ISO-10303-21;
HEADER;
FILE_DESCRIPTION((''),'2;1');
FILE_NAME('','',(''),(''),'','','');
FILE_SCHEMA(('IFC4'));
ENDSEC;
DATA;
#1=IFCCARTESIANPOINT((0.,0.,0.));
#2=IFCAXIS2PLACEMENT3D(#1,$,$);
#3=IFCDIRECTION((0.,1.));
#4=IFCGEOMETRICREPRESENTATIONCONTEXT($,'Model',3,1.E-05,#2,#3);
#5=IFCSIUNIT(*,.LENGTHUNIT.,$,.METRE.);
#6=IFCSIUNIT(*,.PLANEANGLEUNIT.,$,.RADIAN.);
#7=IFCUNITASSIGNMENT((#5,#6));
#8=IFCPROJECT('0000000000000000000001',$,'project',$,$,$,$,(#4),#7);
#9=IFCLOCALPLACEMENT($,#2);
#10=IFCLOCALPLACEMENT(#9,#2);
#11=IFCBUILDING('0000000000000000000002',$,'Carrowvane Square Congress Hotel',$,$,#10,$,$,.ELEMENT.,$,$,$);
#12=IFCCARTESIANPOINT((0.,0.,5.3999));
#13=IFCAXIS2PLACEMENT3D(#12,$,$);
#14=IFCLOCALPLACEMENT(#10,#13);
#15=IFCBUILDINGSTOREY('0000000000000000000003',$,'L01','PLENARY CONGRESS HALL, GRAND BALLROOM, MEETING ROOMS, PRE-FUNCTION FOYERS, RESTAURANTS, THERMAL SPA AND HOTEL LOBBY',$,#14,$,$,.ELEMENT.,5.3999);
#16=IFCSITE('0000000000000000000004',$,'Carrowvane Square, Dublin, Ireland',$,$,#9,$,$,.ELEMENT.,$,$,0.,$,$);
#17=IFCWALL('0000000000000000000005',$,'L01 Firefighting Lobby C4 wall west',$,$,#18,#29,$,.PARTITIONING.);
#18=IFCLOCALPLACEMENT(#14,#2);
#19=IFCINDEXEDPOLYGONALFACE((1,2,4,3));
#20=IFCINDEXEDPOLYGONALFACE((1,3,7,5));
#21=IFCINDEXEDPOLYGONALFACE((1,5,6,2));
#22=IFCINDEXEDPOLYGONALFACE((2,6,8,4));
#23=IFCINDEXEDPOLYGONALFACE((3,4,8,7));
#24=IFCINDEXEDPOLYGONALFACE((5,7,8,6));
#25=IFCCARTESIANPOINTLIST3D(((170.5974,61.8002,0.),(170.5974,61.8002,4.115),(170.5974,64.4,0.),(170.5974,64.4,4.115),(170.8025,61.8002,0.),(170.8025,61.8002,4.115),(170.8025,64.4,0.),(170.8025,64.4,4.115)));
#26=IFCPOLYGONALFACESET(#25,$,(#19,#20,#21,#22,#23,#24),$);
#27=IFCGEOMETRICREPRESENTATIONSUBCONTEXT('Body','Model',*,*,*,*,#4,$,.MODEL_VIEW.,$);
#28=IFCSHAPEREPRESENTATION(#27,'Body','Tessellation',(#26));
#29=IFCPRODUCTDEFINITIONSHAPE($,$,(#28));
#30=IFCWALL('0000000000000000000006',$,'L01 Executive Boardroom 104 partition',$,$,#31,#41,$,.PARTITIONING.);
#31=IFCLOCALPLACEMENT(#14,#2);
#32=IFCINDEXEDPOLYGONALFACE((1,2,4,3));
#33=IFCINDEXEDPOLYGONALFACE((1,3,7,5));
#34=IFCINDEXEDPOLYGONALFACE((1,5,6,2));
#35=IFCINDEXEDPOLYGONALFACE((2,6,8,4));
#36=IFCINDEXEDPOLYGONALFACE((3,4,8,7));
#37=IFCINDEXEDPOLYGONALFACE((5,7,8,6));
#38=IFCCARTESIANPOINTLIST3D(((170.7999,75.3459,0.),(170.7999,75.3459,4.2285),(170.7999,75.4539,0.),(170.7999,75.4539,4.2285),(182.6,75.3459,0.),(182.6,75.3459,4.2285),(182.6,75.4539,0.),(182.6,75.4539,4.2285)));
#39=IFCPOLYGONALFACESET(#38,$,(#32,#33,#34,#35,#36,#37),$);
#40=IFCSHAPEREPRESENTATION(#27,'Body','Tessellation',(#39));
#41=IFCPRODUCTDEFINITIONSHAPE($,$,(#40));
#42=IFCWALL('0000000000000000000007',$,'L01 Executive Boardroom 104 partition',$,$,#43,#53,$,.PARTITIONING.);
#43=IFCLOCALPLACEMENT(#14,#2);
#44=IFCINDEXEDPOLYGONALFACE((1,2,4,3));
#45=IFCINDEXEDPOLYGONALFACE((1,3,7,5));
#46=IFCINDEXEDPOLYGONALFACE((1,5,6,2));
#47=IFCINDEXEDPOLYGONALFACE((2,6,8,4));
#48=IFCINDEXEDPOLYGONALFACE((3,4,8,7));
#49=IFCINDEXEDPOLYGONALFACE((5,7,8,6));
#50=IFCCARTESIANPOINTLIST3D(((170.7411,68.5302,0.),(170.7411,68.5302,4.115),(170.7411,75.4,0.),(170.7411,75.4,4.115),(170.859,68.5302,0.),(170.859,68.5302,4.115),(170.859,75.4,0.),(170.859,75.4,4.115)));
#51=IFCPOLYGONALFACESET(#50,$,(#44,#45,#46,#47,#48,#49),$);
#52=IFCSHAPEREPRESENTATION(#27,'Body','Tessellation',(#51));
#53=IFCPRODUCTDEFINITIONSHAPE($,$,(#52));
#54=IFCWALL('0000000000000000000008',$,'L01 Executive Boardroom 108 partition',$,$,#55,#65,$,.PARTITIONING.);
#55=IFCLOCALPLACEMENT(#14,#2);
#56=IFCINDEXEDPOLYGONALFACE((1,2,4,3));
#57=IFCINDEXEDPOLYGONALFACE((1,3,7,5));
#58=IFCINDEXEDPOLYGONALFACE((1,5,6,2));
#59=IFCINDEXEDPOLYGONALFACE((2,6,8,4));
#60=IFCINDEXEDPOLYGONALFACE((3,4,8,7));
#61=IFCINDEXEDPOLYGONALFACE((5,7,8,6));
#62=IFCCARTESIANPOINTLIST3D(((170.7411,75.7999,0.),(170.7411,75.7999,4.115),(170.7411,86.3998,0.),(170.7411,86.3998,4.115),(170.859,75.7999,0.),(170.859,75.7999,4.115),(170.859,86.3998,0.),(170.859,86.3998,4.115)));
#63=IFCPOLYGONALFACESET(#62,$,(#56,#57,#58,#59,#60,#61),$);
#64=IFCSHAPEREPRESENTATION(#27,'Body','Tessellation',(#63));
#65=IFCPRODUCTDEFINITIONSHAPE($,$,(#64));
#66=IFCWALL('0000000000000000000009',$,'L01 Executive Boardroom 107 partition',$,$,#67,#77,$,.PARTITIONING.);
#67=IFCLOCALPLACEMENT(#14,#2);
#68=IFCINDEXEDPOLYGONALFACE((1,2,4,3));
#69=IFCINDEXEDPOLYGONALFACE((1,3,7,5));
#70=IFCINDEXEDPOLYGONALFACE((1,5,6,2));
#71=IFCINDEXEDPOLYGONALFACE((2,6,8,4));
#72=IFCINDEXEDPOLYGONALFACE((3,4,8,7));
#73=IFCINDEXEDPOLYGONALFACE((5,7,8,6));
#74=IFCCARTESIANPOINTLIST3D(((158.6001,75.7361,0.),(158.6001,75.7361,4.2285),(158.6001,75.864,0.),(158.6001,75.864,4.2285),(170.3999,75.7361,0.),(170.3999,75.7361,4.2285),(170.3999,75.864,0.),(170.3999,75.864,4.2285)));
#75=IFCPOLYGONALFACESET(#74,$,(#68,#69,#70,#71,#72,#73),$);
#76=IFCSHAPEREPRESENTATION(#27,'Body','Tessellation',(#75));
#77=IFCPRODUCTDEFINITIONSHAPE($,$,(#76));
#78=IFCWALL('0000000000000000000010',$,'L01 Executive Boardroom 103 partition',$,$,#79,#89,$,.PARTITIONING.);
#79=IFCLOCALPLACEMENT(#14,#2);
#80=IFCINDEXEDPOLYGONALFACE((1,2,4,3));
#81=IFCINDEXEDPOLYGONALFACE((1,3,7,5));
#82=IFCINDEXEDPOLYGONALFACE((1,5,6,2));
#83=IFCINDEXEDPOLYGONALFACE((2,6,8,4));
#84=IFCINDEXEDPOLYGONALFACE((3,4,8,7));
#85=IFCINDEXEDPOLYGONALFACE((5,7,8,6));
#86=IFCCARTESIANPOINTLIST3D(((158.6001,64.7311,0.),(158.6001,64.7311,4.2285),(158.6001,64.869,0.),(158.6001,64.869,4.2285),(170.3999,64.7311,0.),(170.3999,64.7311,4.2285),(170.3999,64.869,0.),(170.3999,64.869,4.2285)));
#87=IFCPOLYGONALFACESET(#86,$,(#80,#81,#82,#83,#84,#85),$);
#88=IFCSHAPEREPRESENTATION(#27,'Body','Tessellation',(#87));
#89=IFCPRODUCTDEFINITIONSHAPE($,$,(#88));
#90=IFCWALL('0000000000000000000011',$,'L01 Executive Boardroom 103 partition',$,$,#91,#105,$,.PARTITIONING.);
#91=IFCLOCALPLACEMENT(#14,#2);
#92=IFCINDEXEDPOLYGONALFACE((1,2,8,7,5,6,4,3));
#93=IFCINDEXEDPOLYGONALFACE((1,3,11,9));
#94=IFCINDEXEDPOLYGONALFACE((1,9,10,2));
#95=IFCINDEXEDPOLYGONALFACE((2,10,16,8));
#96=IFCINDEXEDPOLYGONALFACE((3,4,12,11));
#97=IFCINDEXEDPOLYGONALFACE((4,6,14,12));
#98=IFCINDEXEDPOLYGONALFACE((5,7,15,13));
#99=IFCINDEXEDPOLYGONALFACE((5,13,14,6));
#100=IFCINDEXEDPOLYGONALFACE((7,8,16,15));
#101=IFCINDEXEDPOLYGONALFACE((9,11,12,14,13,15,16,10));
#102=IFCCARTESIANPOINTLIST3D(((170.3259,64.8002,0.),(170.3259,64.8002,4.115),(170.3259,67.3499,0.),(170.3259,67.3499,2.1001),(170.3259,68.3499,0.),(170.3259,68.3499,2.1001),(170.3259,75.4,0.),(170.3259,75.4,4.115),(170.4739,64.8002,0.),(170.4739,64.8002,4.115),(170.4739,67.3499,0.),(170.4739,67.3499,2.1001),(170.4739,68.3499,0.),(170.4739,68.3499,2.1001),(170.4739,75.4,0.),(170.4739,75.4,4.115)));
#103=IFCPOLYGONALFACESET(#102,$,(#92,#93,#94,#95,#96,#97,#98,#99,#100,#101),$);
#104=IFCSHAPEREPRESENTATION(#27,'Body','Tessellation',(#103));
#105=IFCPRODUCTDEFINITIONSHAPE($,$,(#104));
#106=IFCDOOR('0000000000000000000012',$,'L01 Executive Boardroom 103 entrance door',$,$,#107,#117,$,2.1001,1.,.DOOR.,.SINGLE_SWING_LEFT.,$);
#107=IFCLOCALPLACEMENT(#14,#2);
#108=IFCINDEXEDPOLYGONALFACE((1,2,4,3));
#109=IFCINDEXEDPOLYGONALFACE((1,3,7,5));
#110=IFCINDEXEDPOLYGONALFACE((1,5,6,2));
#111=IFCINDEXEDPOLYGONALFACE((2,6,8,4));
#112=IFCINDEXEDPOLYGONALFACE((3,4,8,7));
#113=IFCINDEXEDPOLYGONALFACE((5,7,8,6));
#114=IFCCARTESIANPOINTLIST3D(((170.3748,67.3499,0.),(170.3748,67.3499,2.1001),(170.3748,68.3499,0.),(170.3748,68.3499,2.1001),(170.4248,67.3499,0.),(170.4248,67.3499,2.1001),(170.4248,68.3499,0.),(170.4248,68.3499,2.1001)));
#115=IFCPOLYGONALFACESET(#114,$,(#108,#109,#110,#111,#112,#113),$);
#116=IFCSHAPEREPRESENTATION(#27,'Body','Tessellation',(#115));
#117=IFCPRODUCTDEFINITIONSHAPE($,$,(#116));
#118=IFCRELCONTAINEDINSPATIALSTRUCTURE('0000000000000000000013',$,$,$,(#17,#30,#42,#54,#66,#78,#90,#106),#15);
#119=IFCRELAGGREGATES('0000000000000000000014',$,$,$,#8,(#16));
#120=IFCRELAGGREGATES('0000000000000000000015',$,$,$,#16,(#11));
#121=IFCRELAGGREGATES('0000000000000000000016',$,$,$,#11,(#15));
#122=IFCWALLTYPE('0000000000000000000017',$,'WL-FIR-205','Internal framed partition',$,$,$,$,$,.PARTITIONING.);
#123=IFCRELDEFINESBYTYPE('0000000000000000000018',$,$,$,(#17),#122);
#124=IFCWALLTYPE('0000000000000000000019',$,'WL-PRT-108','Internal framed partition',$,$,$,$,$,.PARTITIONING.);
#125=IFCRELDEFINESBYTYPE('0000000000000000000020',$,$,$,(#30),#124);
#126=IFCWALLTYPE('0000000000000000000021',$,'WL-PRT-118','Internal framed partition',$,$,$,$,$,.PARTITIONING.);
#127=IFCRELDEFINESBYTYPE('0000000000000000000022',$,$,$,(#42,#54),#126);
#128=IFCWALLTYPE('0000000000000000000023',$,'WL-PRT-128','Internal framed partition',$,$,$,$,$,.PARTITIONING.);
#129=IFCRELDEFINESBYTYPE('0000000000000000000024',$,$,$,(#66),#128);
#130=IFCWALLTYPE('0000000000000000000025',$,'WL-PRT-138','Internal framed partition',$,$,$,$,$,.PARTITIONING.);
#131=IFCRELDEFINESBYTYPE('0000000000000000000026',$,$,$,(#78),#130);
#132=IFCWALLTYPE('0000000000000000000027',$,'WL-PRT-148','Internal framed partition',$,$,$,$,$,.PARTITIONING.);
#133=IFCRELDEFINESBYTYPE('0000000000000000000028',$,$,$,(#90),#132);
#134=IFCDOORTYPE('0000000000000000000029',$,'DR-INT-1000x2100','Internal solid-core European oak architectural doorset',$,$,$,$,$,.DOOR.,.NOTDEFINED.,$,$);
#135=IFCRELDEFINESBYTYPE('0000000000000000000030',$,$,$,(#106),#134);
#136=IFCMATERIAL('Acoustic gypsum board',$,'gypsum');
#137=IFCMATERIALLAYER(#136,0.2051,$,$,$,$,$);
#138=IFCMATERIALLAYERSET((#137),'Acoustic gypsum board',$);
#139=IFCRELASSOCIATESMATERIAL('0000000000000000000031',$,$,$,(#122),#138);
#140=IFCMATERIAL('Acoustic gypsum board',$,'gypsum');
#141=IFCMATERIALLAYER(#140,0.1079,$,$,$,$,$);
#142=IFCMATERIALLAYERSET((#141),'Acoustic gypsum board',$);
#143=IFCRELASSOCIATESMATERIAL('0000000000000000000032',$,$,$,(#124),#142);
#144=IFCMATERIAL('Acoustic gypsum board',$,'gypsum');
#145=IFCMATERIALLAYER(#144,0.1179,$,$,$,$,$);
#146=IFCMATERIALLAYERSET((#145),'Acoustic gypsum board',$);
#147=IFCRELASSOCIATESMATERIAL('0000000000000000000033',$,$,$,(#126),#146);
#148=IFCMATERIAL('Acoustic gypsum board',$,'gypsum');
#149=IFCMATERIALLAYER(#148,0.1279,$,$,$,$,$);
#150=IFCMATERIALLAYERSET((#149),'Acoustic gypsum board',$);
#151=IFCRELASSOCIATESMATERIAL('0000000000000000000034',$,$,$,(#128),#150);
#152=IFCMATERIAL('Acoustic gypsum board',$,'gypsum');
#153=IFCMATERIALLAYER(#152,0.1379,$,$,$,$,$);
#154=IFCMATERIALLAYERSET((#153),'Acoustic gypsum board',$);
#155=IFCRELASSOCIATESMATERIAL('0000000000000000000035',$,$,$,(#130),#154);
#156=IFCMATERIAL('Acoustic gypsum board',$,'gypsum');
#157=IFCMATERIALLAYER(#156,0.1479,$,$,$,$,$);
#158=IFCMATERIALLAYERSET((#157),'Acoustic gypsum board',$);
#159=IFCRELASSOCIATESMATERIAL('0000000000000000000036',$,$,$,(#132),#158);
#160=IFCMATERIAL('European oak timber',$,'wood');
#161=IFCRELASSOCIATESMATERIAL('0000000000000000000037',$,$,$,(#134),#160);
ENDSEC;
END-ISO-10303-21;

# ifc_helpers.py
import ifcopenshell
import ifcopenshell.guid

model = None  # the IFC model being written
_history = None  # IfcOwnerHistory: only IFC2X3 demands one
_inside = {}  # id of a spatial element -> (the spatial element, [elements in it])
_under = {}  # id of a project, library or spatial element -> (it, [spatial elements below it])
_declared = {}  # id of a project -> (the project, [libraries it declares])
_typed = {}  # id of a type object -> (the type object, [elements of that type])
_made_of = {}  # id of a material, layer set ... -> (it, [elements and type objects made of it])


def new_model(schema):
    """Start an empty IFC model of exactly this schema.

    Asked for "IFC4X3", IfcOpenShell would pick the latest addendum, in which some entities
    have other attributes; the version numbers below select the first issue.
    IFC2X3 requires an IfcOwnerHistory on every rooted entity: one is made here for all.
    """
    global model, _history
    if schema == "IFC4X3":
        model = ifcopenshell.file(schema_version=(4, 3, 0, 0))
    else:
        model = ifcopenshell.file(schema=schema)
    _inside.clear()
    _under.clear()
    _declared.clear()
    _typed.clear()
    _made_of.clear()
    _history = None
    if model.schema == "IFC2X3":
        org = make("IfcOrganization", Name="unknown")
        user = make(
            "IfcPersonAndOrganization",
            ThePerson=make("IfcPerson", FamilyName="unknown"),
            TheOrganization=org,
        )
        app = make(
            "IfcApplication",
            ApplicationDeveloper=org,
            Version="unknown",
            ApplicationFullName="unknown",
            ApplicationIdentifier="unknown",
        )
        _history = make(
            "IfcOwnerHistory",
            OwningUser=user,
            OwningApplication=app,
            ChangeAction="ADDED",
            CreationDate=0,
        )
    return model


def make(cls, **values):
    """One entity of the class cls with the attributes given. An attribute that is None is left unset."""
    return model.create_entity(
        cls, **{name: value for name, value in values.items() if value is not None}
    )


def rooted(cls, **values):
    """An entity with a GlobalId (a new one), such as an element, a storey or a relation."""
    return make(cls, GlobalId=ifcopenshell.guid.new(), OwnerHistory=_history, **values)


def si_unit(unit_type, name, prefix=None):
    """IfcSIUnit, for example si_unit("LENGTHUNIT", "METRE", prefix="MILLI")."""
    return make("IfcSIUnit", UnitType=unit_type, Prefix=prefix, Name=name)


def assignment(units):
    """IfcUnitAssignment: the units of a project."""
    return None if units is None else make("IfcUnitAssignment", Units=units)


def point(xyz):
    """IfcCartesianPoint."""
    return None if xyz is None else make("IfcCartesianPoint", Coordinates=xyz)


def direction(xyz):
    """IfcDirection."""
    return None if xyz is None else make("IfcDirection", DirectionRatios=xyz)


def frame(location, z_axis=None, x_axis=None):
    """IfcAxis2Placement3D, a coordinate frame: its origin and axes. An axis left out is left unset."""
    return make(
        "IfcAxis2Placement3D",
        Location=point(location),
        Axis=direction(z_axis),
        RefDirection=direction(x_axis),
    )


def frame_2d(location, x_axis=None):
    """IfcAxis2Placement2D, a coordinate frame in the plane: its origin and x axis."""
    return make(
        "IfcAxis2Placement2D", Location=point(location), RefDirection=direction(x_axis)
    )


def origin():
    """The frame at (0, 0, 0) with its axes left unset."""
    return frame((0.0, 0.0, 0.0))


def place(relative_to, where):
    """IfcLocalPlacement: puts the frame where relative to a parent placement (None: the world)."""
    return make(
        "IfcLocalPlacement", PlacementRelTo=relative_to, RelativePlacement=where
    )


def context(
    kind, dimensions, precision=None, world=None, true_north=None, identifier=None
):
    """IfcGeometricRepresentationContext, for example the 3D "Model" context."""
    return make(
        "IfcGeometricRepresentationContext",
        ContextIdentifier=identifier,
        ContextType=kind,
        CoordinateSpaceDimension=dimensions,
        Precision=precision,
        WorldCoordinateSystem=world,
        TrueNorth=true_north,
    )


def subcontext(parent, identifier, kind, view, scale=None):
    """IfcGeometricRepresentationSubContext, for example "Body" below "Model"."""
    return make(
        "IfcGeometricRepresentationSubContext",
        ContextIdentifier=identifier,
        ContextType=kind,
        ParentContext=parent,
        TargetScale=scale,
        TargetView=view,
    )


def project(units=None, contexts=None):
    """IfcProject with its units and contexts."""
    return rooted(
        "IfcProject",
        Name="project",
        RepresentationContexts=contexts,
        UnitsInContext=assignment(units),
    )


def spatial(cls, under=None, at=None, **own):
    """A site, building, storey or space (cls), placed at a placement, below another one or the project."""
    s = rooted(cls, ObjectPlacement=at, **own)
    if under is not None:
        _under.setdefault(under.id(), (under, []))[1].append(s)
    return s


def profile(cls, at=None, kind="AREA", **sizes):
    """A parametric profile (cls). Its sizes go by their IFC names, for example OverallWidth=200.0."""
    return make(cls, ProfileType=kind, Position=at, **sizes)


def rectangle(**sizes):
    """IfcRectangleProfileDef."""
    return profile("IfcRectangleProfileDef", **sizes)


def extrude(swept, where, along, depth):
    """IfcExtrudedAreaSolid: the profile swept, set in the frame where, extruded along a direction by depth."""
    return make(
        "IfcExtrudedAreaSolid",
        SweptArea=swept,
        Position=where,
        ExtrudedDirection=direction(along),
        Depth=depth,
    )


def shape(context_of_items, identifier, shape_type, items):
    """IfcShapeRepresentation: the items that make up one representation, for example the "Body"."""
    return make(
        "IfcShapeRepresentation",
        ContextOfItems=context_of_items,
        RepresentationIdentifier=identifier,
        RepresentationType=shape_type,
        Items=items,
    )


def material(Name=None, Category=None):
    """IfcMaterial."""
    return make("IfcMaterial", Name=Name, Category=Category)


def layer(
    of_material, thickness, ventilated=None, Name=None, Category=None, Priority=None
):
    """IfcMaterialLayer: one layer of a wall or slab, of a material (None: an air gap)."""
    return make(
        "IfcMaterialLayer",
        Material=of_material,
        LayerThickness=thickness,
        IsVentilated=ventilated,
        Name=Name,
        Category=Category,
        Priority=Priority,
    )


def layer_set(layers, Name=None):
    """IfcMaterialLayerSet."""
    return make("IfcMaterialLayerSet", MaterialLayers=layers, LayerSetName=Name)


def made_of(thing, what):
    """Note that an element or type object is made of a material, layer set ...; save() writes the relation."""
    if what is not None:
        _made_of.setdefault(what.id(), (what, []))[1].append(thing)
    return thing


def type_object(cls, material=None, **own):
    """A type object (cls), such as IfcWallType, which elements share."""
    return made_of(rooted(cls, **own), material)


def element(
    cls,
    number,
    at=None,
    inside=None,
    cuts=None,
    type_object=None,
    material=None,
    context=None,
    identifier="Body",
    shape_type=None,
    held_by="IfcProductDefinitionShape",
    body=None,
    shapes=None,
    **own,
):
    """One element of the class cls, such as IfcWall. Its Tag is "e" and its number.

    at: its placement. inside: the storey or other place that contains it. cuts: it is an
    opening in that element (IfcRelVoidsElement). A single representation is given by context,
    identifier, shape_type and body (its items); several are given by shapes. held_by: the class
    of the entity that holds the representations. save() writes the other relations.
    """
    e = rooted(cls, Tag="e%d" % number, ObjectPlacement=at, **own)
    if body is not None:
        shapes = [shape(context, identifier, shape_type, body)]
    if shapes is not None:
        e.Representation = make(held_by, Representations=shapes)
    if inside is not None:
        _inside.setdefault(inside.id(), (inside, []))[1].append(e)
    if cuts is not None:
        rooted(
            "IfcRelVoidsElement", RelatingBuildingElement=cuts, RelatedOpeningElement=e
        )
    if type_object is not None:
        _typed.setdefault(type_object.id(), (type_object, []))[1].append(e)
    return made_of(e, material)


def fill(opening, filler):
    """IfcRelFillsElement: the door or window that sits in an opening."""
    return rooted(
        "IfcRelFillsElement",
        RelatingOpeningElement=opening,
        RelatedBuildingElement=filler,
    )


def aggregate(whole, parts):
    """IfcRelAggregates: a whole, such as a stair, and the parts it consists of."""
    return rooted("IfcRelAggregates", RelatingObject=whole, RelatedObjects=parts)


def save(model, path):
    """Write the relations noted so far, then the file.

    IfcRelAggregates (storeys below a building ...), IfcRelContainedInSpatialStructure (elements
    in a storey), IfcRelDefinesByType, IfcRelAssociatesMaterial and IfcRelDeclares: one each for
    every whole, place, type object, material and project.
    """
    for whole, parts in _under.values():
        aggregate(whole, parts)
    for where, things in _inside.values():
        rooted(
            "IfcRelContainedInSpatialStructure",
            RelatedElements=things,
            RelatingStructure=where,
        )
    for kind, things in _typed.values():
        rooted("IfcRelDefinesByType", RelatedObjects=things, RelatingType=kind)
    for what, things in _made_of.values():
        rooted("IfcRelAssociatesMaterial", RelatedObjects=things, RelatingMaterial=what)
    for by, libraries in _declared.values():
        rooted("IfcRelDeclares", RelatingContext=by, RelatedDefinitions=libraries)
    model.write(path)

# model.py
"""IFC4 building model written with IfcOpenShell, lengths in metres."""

from ifc_helpers import new_model, si_unit, direction, frame, frame_2d, origin, place, context, subcontext, project, spatial, rectangle, extrude, material, layer, layer_set, type_object, element, fill, save


model = new_model("IFC4")

# Units and contexts
model_context = context("Model", 3, precision=1e-05, world=origin(), true_north=direction((0.0, 1.0)))
body_context = subcontext(model_context, "Body", "Model", "MODEL_VIEW")
ifc_project = project(units=[si_unit("LENGTHUNIT", "METRE"), si_unit("PLANEANGLEUNIT", "RADIAN")], contexts=[model_context])

# Site, building, storey
site_placement = place(None, origin())
site = spatial("IfcSite", under=ifc_project, at=site_placement, Name="Carrowvane Square, Dublin, Ireland", CompositionType="ELEMENT", RefElevation=0.0)
building_placement = place(site_placement, origin())
building = spatial("IfcBuilding", under=site, at=building_placement, Name="Carrowvane Square Congress Hotel", CompositionType="ELEMENT")
storey_placement = place(building_placement, frame((0.0, 0.0, 5.3999)))
storey = spatial("IfcBuildingStorey", under=building, at=storey_placement, Name="L01", Description="PLENARY CONGRESS HALL, GRAND BALLROOM, MEETING ROOMS, PRE-FUNCTION FOYERS, RESTAURANTS, THERMAL SPA AND HOTEL LOBBY", CompositionType="ELEMENT", Elevation=5.3999)

# Walls
ifc_material_1 = material(Name="Acoustic gypsum board", Category="gypsum")
ifc_layer_1 = layer(ifc_material_1, 0.2051)
ifc_layer_set_1 = layer_set([ifc_layer_1], Name="Acoustic gypsum board")
wall_type_1 = type_object("IfcWallType", Name="WL-FIR-205", Description="Internal framed partition", PredefinedType="PARTITIONING", material=ifc_layer_set_1)
wall_1_placement = place(storey_placement, frame((170.7, 64.3999, 0.0), z_axis=(0.0, 0.0, 1.0), x_axis=(0.0, -1.0, 0.0)))
element("IfcWall", 1, at=wall_1_placement, inside=storey, type_object=wall_type_1, Name="L01 Firefighting Lobby C4 wall west", PredefinedType="PARTITIONING", context=body_context, shape_type="SweptSolid", body=[
    extrude(rectangle(XDim=2.5999, YDim=0.2051, at=frame_2d((1.2998, 0.0))), origin(), (0.0, 0.0, 1.0), 4.115),
])
ifc_material_2 = material(Name="Acoustic gypsum board", Category="gypsum")
ifc_layer_2 = layer(ifc_material_2, 0.1079)
ifc_layer_set_2 = layer_set([ifc_layer_2], Name="Acoustic gypsum board")
wall_type_2 = type_object("IfcWallType", Name="WL-PRT-108", Description="Internal framed partition", PredefinedType="PARTITIONING", material=ifc_layer_set_2)
wall_2_placement = place(storey_placement, frame((170.8, 75.3999, 0.0), z_axis=(0.0, 0.0, 1.0), x_axis=(1.0, 0.0, 0.0)))
element("IfcWall", 2, at=wall_2_placement, inside=storey, type_object=wall_type_2, Name="L01 Executive Boardroom 104 partition", PredefinedType="PARTITIONING", context=body_context, shape_type="SweptSolid", body=[
    extrude(rectangle(XDim=11.8, YDim=0.1079, at=frame_2d((5.8999, 0.0))), origin(), (0.0, 0.0, 1.0), 4.2285),
])
ifc_material_3 = material(Name="Acoustic gypsum board", Category="gypsum")
ifc_layer_3 = layer(ifc_material_3, 0.1179)
ifc_layer_set_3 = layer_set([ifc_layer_3], Name="Acoustic gypsum board")
wall_type_3 = type_object("IfcWallType", Name="WL-PRT-118", Description="Internal framed partition", PredefinedType="PARTITIONING", material=ifc_layer_set_3)
wall_3_placement = place(storey_placement, frame((170.8, 68.53, 0.0), z_axis=(0.0, 0.0, 1.0), x_axis=(0.0, 1.0, 0.0)))
element("IfcWall", 3, at=wall_3_placement, inside=storey, type_object=wall_type_3, Name="L01 Executive Boardroom 104 partition", PredefinedType="PARTITIONING", context=body_context, shape_type="SweptSolid", body=[
    extrude(rectangle(XDim=6.8699, YDim=0.1179, at=frame_2d((3.4351, 0.0))), origin(), (0.0, 0.0, 1.0), 4.115),
])
wall_4_placement = place(storey_placement, frame((170.8, 75.8, 0.0), z_axis=(0.0, 0.0, 1.0), x_axis=(0.0, 1.0, 0.0)))
element("IfcWall", 4, at=wall_4_placement, inside=storey, type_object=wall_type_3, Name="L01 Executive Boardroom 108 partition", PredefinedType="PARTITIONING", context=body_context, shape_type="SweptSolid", body=[
    extrude(rectangle(XDim=10.5999, YDim=0.1179, at=frame_2d((5.2998, 0.0))), origin(), (0.0, 0.0, 1.0), 4.115),
])
ifc_material_4 = material(Name="Acoustic gypsum board", Category="gypsum")
ifc_layer_4 = layer(ifc_material_4, 0.1279)
ifc_layer_set_4 = layer_set([ifc_layer_4], Name="Acoustic gypsum board")
wall_type_4 = type_object("IfcWallType", Name="WL-PRT-128", Description="Internal framed partition", PredefinedType="PARTITIONING", material=ifc_layer_set_4)
wall_5_placement = place(storey_placement, frame((170.3999, 75.8, 0.0), z_axis=(0.0, 0.0, 1.0), x_axis=(-1.0, 0.0, 0.0)))
element("IfcWall", 5, at=wall_5_placement, inside=storey, type_object=wall_type_4, Name="L01 Executive Boardroom 107 partition", PredefinedType="PARTITIONING", context=body_context, shape_type="SweptSolid", body=[
    extrude(rectangle(XDim=11.7998, YDim=0.1279, at=frame_2d((5.8999, 0.0))), origin(), (0.0, 0.0, 1.0), 4.2285),
])
ifc_material_5 = material(Name="Acoustic gypsum board", Category="gypsum")
ifc_layer_5 = layer(ifc_material_5, 0.1379)
ifc_layer_set_5 = layer_set([ifc_layer_5], Name="Acoustic gypsum board")
wall_type_5 = type_object("IfcWallType", Name="WL-PRT-138", Description="Internal framed partition", PredefinedType="PARTITIONING", material=ifc_layer_set_5)
wall_6_placement = place(storey_placement, frame((170.3999, 64.8, 0.0), z_axis=(0.0, 0.0, 1.0), x_axis=(-1.0, 0.0, 0.0)))
element("IfcWall", 6, at=wall_6_placement, inside=storey, type_object=wall_type_5, Name="L01 Executive Boardroom 103 partition", PredefinedType="PARTITIONING", context=body_context, shape_type="SweptSolid", body=[
    extrude(rectangle(XDim=11.7998, YDim=0.1379, at=frame_2d((5.8999, 0.0))), origin(), (0.0, 0.0, 1.0), 4.2285),
])

# Wall, opening, door
ifc_material_6 = material(Name="Acoustic gypsum board", Category="gypsum")
ifc_layer_6 = layer(ifc_material_6, 0.1479)
ifc_layer_set_6 = layer_set([ifc_layer_6], Name="Acoustic gypsum board")
wall_type_6 = type_object("IfcWallType", Name="WL-PRT-148", Description="Internal framed partition", PredefinedType="PARTITIONING", material=ifc_layer_set_6)
wall_7_placement = place(storey_placement, frame((170.3999, 75.3999, 0.0), z_axis=(0.0, 0.0, 1.0), x_axis=(0.0, -1.0, 0.0)))
wall_7 = element("IfcWall", 7, at=wall_7_placement, inside=storey, type_object=wall_type_6, Name="L01 Executive Boardroom 103 partition", PredefinedType="PARTITIONING", context=body_context, shape_type="SweptSolid", body=[
    extrude(rectangle(XDim=10.5999, YDim=0.1479, at=frame_2d((5.2998, 0.0))), origin(), (0.0, 0.0, 1.0), 4.115),
])
opening_placement = place(wall_7_placement, frame((7.05, 0.0, 0.0)))
opening = element("IfcOpeningElement", 8, at=opening_placement, cuts=wall_7, PredefinedType="OPENING", context=body_context, shape_type="SweptSolid", body=[
    extrude(rectangle(XDim=1.0, YDim=2.1001, at=frame_2d((0.5, 1.05))), frame((0.0, 0.084, 0.0), z_axis=(0.0, -1.0, 0.0), x_axis=(1.0, 0.0, 0.0)), (0.0, 0.0, 1.0), 0.168),
])
ifc_material_7 = material(Name="European oak timber", Category="wood")
door_type = type_object("IfcDoorType", Name="DR-INT-1000x2100", Description="Internal solid-core European oak architectural doorset", OperationType="NOTDEFINED", PredefinedType="DOOR", material=ifc_material_7)
door_placement = place(opening_placement, origin())
door = element("IfcDoor", 9, at=door_placement, inside=storey, type_object=door_type, Name="L01 Executive Boardroom 103 entrance door", OperationType="SINGLE_SWING_LEFT", OverallHeight=2.1001, OverallWidth=1.0, PredefinedType="DOOR", context=body_context, shape_type="SweptSolid", body=[
    extrude(rectangle(XDim=1.0, YDim=2.1001, at=frame_2d((0.5, 1.05))), frame((0.0, 0.0249, 0.0), z_axis=(0.0, -1.0, 0.0), x_axis=(1.0, 0.0, 0.0)), (0.0, 0.0, 1.0), 0.05),
])
fill(opening, door)

save(model, "model.ifc")
